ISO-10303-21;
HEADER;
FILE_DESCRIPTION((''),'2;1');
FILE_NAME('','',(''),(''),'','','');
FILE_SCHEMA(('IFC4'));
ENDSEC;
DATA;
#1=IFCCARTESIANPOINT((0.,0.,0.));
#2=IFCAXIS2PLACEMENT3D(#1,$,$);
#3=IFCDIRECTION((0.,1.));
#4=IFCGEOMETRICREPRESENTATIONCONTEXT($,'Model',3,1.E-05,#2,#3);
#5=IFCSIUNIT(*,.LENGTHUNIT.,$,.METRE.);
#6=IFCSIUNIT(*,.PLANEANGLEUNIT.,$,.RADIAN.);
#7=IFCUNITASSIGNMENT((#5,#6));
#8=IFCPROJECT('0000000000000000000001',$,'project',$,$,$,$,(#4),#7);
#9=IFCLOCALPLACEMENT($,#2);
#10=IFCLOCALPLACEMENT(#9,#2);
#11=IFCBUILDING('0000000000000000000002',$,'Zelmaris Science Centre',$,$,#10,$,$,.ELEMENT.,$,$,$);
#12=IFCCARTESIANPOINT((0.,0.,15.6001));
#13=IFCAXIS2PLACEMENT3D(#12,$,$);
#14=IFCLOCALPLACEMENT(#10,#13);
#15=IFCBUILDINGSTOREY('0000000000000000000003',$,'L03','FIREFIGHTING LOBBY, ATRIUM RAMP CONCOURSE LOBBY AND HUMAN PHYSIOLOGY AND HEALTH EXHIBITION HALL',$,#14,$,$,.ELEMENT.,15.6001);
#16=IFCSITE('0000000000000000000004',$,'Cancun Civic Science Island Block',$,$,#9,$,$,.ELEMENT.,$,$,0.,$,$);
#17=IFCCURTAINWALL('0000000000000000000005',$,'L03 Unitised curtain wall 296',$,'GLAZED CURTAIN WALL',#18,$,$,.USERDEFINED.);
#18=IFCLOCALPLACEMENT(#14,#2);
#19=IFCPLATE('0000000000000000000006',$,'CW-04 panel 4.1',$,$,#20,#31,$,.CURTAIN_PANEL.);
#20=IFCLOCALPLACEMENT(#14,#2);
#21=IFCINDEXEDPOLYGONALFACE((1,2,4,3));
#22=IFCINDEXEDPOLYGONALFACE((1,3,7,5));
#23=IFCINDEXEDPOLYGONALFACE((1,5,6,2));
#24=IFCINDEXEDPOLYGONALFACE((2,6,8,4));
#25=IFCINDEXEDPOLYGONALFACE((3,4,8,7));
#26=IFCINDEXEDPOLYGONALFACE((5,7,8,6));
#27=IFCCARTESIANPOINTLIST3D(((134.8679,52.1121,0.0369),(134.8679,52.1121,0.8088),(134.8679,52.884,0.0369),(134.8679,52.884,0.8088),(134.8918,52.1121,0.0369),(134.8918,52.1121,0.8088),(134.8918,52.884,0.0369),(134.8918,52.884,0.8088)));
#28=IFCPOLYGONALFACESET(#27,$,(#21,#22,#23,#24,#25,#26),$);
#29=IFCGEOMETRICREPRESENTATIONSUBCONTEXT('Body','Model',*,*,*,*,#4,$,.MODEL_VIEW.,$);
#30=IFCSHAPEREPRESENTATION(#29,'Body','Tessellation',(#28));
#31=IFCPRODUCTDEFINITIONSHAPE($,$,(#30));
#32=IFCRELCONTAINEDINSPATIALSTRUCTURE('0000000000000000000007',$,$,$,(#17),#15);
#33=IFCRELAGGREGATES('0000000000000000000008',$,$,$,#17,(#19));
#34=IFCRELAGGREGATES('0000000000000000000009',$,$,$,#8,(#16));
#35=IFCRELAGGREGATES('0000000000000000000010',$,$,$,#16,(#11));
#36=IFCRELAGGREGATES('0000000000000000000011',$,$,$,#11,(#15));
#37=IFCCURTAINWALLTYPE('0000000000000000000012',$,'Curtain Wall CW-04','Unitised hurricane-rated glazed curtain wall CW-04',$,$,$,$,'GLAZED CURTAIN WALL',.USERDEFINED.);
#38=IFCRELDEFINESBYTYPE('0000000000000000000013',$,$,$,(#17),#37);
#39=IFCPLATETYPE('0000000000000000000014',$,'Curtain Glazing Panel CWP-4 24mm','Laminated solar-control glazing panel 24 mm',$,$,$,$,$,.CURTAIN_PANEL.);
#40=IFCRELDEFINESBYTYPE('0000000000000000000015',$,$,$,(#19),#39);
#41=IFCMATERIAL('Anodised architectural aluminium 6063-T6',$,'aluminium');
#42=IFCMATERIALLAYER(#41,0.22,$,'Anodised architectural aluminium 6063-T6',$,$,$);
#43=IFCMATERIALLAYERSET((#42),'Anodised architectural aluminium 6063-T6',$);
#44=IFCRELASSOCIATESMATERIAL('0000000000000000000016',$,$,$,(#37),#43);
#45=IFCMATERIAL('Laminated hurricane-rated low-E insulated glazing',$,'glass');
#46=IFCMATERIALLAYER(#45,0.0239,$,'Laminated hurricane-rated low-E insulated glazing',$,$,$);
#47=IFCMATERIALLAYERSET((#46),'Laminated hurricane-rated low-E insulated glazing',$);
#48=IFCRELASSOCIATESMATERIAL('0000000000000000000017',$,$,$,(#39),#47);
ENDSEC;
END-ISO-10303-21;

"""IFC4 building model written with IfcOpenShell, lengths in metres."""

from ifc_helpers import new_model, si_unit, direction, frame, origin, origin_2d, place, context, subcontext, project, spatial, rectangle, extrude, material, layer, layer_set, type_object, element, aggregate, save


model = new_model("IFC4")

# Units and contexts
model_context = context("Model", 3, precision=1e-05, world=origin(), true_north=direction((0.0, 1.0)))
body_context = subcontext(model_context, "Body", "Model", "MODEL_VIEW")
ifc_project = project(units=[si_unit("LENGTHUNIT", "METRE"), si_unit("PLANEANGLEUNIT", "RADIAN")], contexts=[model_context])

# Site, building, storey
site_placement = place(None, origin())
site = spatial("IfcSite", under=ifc_project, at=site_placement, Name="Cancun Civic Science Island Block", CompositionType="ELEMENT", RefElevation=0.0)
building_placement = place(site_placement, origin())
building = spatial("IfcBuilding", under=site, at=building_placement, Name="Zelmaris Science Centre", CompositionType="ELEMENT")
storey_placement = place(building_placement, frame((0.0, 0.0, 15.6001)))
storey = spatial("IfcBuildingStorey", under=building, at=storey_placement, Name="L03", Description="FIREFIGHTING LOBBY, ATRIUM RAMP CONCOURSE LOBBY AND HUMAN PHYSIOLOGY AND HEALTH EXHIBITION HALL", CompositionType="ELEMENT", Elevation=15.6001)

# Curtain wall
ifc_material_1 = material(Name="Anodised architectural aluminium 6063-T6", Category="aluminium")
ifc_layer_1 = layer(ifc_material_1, 0.22, Name="Anodised architectural aluminium 6063-T6")
ifc_layer_set_1 = layer_set([ifc_layer_1], Name="Anodised architectural aluminium 6063-T6")
curtain_wall_type_1 = type_object("IfcCurtainWallType", Name="Curtain Wall CW-04", Description="Unitised hurricane-rated glazed curtain wall CW-04", ElementType="GLAZED CURTAIN WALL", PredefinedType="USERDEFINED", material=ifc_layer_set_1)
curtain_wall_1_placement = place(storey_placement, origin())
curtain_wall_1 = element("IfcCurtainWall", 1, at=curtain_wall_1_placement, inside=storey, type_object=curtain_wall_type_1, Name="L03 Unitised curtain wall 296", ObjectType="GLAZED CURTAIN WALL", PredefinedType="USERDEFINED")

# Plate
ifc_material_2 = material(Name="Laminated hurricane-rated low-E insulated glazing", Category="glass")
ifc_layer_2 = layer(ifc_material_2, 0.0239, Name="Laminated hurricane-rated low-E insulated glazing")
ifc_layer_set_2 = layer_set([ifc_layer_2], Name="Laminated hurricane-rated low-E insulated glazing")
plate_type_1 = type_object("IfcPlateType", Name="Curtain Glazing Panel CWP-4 24mm", Description="Laminated solar-control glazing panel 24 mm", PredefinedType="CURTAIN_PANEL", material=ifc_layer_set_2)
plate_1_placement = place(storey_placement, frame((134.8799, 52.498, 0.0369), z_axis=(0.0, 0.0, 1.0), x_axis=(0.0, -1.0, 0.0)))
plate_1 = element("IfcPlate", 2, at=plate_1_placement, type_object=plate_type_1, Name="CW-04 panel 4.1", PredefinedType="CURTAIN_PANEL", context=body_context, shape_type="SweptSolid", body=[
    extrude(rectangle(XDim=0.772, YDim=0.0239, at=origin_2d()), origin(), (0.0, 0.0, 1.0), 0.772),
])
aggregate(curtain_wall_1, [plate_1])

save(model, "model.ifc")
